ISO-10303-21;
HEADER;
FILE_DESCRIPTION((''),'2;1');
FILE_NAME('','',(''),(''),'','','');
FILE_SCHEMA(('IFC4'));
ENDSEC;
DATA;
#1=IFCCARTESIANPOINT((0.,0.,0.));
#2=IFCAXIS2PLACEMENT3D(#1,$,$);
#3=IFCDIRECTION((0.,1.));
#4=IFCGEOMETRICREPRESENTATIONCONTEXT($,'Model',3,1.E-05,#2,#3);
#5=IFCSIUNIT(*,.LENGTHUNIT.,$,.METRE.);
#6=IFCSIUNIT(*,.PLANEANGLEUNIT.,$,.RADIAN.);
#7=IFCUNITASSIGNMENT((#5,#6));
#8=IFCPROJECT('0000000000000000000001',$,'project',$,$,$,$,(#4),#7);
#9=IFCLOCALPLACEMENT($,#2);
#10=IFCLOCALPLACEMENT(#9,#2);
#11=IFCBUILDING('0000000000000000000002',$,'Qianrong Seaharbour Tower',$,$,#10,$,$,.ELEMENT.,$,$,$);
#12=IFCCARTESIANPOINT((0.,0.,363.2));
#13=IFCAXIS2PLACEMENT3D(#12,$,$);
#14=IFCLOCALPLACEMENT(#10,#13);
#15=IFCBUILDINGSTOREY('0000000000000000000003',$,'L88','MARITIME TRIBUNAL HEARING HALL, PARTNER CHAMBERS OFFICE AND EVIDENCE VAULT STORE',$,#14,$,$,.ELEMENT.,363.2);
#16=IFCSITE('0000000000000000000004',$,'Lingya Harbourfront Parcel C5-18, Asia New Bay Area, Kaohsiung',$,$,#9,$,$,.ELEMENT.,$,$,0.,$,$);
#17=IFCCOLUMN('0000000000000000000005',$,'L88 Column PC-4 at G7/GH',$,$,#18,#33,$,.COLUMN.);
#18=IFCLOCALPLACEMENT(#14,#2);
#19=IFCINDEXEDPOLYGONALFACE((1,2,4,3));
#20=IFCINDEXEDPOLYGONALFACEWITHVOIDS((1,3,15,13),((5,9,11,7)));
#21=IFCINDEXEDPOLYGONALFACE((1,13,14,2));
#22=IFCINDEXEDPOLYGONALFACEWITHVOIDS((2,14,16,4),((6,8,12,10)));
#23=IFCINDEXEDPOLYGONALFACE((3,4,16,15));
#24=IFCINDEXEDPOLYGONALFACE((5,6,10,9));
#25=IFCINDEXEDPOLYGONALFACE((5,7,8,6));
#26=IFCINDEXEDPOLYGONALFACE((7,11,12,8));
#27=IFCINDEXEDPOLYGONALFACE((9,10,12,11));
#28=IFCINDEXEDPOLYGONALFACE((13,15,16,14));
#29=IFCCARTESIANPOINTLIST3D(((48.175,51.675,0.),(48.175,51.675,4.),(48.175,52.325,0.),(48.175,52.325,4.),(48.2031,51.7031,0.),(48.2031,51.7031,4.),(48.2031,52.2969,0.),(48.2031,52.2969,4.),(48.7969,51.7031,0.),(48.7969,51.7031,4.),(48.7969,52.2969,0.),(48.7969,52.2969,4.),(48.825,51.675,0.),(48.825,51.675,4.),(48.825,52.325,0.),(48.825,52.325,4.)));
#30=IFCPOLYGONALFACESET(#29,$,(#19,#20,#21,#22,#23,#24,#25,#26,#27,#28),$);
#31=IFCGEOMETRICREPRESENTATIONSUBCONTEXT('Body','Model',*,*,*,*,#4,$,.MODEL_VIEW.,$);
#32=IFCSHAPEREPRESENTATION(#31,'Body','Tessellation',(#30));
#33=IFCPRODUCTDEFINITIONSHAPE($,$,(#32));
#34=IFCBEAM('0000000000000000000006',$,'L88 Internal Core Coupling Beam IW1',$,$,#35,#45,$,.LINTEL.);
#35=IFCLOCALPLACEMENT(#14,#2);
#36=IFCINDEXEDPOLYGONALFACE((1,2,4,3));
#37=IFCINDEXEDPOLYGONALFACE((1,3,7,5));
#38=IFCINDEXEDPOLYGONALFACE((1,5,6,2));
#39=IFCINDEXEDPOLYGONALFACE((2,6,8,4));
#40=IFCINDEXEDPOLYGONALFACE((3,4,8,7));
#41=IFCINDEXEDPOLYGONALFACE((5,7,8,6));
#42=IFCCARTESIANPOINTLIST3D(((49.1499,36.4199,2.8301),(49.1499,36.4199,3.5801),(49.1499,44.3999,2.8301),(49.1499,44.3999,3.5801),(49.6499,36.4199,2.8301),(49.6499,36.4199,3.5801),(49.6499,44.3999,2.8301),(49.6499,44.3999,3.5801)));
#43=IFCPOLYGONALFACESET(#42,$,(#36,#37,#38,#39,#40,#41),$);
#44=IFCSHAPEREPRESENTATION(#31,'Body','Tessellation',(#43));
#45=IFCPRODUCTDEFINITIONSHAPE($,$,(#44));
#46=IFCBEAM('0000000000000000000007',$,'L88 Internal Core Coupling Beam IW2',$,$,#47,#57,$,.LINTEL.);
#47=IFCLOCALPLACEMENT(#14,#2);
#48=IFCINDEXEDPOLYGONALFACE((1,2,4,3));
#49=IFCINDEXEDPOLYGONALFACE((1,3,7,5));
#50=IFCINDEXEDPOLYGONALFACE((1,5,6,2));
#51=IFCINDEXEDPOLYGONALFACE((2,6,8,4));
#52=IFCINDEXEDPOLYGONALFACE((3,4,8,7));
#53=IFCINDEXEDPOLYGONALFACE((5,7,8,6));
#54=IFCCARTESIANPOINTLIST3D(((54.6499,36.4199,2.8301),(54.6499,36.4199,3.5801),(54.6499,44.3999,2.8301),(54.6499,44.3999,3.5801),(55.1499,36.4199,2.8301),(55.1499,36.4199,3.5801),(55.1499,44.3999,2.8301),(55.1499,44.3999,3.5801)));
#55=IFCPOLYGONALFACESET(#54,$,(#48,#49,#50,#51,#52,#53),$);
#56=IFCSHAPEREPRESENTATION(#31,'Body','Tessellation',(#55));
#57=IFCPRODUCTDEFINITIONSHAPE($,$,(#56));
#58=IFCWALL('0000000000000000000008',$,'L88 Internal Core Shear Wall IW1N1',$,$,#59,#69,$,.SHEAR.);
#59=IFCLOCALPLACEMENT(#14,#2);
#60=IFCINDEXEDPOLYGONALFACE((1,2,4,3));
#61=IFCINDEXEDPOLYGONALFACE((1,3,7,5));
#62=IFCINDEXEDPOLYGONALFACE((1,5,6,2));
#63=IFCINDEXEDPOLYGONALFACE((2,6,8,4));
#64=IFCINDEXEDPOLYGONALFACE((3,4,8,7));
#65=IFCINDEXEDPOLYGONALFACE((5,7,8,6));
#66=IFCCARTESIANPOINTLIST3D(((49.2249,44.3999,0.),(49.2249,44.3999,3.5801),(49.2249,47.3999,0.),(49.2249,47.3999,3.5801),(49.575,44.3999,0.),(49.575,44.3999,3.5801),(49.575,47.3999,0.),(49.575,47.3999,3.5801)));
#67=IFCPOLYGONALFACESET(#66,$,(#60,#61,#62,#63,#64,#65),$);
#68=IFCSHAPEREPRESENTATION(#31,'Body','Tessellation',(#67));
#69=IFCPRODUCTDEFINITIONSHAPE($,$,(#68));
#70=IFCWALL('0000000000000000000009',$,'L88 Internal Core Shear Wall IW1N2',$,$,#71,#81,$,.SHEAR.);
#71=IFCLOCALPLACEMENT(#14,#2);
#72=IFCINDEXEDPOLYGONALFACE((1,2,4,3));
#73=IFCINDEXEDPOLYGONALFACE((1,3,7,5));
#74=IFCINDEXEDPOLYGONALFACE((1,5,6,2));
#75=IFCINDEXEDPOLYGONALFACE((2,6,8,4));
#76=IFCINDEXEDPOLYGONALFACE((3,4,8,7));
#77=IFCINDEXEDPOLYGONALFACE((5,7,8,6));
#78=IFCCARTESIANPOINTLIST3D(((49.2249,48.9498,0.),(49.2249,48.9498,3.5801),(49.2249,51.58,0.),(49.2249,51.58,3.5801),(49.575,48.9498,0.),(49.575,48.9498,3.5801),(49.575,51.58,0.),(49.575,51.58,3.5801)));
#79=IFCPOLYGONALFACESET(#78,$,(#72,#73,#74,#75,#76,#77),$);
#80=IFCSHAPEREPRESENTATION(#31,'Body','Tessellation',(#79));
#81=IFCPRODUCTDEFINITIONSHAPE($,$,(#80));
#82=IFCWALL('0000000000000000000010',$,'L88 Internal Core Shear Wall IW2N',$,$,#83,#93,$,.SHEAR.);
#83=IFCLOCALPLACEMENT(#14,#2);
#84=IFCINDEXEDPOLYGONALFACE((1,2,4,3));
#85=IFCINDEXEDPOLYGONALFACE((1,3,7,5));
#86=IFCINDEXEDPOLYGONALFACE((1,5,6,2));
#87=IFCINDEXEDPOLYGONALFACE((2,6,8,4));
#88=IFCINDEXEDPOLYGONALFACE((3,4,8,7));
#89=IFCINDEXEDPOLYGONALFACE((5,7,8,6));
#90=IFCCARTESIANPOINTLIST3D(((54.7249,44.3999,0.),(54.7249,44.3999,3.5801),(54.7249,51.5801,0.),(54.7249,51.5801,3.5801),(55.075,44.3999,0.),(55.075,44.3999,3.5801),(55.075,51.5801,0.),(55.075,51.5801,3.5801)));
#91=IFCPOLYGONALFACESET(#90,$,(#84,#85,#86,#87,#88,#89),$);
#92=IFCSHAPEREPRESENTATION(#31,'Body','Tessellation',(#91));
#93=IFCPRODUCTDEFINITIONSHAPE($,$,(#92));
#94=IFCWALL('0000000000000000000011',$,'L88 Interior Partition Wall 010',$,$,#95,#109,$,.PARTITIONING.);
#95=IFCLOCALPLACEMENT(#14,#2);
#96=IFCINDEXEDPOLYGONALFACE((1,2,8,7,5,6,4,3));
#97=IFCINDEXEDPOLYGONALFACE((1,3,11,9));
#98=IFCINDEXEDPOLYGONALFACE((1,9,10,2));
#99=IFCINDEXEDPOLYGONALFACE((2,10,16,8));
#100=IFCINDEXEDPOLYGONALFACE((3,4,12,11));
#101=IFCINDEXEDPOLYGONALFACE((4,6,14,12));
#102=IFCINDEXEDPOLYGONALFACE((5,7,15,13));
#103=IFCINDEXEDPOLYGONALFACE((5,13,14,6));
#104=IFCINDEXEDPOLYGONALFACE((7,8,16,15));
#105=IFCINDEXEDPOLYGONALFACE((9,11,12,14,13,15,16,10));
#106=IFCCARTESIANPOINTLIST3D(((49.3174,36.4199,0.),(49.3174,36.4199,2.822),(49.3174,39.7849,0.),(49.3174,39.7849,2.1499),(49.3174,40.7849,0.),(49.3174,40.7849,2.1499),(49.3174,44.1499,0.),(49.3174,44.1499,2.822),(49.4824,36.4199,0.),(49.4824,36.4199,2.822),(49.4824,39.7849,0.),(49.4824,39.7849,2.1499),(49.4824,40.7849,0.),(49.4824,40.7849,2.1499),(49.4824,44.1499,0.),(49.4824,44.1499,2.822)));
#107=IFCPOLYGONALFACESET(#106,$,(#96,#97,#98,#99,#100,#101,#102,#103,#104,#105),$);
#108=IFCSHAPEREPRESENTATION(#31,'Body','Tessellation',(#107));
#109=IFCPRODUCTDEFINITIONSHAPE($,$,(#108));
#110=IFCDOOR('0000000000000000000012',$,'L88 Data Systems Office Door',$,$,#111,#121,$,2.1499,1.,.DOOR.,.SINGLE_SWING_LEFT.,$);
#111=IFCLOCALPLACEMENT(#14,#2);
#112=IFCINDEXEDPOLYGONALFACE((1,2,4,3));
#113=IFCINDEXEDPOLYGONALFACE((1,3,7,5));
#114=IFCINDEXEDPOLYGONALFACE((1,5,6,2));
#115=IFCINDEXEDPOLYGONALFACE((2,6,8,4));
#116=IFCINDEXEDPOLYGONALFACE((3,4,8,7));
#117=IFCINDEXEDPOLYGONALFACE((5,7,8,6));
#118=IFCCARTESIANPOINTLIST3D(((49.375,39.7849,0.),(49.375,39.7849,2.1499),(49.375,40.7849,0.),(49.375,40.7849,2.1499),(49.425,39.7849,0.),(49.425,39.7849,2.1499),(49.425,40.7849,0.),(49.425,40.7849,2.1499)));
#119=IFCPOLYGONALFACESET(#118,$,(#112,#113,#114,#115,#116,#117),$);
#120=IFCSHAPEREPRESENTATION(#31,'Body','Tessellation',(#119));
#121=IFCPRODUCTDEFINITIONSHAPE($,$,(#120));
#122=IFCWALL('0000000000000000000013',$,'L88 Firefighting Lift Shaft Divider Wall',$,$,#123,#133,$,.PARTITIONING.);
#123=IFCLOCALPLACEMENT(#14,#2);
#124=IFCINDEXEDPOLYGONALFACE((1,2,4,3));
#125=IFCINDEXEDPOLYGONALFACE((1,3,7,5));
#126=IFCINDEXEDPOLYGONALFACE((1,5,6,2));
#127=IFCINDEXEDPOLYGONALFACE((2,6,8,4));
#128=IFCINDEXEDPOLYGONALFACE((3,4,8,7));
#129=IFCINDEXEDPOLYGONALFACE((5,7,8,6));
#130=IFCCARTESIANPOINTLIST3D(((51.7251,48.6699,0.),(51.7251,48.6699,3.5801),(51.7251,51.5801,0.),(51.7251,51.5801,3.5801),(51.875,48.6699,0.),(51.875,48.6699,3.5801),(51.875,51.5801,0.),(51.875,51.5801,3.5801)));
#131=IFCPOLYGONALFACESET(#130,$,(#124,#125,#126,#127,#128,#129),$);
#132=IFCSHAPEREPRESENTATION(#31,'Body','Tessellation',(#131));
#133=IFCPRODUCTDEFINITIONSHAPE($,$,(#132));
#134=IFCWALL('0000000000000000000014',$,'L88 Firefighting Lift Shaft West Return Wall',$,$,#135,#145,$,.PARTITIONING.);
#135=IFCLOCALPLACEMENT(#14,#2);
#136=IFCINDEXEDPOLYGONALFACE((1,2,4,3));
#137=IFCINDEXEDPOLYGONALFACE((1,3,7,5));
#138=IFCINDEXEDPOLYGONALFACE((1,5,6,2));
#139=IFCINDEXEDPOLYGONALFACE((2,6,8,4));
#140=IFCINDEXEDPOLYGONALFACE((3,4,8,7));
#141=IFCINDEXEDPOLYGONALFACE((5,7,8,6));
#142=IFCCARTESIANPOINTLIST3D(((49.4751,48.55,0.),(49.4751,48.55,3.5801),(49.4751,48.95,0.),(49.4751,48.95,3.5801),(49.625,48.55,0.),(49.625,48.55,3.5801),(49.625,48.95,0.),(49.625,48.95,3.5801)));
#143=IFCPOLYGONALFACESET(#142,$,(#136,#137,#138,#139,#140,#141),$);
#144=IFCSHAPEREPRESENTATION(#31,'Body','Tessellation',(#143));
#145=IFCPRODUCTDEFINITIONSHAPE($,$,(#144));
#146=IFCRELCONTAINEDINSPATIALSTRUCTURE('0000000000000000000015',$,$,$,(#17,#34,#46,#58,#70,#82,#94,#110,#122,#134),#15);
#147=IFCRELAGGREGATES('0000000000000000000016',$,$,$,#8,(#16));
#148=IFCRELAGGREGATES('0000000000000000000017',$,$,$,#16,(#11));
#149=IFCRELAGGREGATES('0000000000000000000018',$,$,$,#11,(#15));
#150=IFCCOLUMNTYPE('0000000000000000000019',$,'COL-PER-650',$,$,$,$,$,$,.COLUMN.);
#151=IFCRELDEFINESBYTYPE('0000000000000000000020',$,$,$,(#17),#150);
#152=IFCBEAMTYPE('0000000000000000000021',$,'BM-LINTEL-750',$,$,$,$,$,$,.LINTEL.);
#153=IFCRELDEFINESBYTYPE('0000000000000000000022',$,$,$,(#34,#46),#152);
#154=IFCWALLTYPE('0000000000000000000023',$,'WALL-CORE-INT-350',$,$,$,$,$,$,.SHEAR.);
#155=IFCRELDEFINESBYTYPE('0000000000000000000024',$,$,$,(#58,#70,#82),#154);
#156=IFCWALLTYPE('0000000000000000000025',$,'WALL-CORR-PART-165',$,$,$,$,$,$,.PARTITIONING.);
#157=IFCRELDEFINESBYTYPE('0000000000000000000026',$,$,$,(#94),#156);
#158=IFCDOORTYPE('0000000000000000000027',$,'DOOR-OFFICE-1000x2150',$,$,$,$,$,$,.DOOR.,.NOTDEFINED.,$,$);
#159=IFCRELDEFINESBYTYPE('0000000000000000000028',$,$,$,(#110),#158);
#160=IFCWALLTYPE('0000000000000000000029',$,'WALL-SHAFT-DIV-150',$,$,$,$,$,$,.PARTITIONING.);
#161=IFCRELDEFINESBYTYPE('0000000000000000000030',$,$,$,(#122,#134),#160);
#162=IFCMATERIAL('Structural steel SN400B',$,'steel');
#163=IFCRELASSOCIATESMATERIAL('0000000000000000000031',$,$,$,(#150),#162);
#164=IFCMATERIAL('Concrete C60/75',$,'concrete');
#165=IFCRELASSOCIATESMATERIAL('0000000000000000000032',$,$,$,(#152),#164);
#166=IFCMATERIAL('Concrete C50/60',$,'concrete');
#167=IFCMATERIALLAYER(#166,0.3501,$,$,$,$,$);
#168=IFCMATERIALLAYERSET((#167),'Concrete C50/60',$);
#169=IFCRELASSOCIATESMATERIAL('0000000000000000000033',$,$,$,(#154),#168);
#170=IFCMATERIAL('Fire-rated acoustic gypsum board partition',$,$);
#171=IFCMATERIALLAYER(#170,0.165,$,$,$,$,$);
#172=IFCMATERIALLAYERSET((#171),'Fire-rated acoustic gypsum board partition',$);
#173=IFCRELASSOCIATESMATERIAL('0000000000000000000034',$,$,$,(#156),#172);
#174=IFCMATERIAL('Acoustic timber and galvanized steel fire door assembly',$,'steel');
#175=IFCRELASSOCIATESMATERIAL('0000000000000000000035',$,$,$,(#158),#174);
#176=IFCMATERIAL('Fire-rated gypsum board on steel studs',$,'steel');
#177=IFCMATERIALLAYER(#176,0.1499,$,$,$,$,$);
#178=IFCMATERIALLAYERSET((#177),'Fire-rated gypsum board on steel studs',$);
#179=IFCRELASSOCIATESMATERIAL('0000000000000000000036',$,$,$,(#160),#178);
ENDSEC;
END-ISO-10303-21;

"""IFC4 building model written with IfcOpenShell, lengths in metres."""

from ifc_helpers import new_model, si_unit, direction, frame, frame_2d, origin, origin_2d, place, context, subcontext, project, spatial, rectangle, hollow_rectangle, extrude, material, layer, layer_set, material_profile, profile_set, type_object, element, fill, save


model = new_model("IFC4")

# Units and contexts
model_context = context("Model", 3, precision=1e-05, world=origin(), true_north=direction((0.0, 1.0)))
body_context = subcontext(model_context, "Body", "Model", "MODEL_VIEW")
ifc_project = project(units=[si_unit("LENGTHUNIT", "METRE"), si_unit("PLANEANGLEUNIT", "RADIAN")], contexts=[model_context])

# Site, building, storey
site_placement = place(None, origin())
site = spatial("IfcSite", under=ifc_project, at=site_placement, Name="Lingya Harbourfront Parcel C5-18, Asia New Bay Area, Kaohsiung", CompositionType="ELEMENT", RefElevation=0.0)
building_placement = place(site_placement, origin())
building = spatial("IfcBuilding", under=site, at=building_placement, Name="Qianrong Seaharbour Tower", CompositionType="ELEMENT")
storey_placement = place(building_placement, frame((0.0, 0.0, 363.2)))
storey = spatial("IfcBuildingStorey", under=building, at=storey_placement, Name="L88", Description="MARITIME TRIBUNAL HEARING HALL, PARTNER CHAMBERS OFFICE AND EVIDENCE VAULT STORE", CompositionType="ELEMENT", Elevation=363.2)

# Column
ifc_material_1 = material(Name="Structural steel SN400B", Category="steel")
ifc_material_profile_1 = material_profile(ifc_material_1, hollow_rectangle(XDim=0.6499, YDim=0.6499, WallThickness=0.0281, at=origin_2d()), Name="BOX650x650x28")
ifc_profile_set_1 = profile_set([ifc_material_profile_1], Name="Structural steel SN400B")
column_type = type_object("IfcColumnType", Name="COL-PER-650", PredefinedType="COLUMN", material=ifc_profile_set_1)
column_placement = place(storey_placement, frame((48.5, 52.0, 0.0), z_axis=(0.0, 0.0, 1.0), x_axis=(1.0, 0.0, 0.0)))
element("IfcColumn", 1, at=column_placement, inside=storey, type_object=column_type, Name="L88 Column PC-4 at G7/GH", PredefinedType="COLUMN", context=body_context, shape_type="SweptSolid", body=[
    extrude(hollow_rectangle(XDim=0.6499, YDim=0.6499, WallThickness=0.0281, at=origin_2d()), origin(), (0.0, 0.0, 1.0), 4.0),
])

# Beams
ifc_material_2 = material(Name="Concrete C60/75", Category="concrete")
ifc_material_profile_2 = material_profile(ifc_material_2, rectangle(XDim=0.5, YDim=0.75, at=origin_2d()), Name="RC500x750")
ifc_profile_set_2 = profile_set([ifc_material_profile_2], Name="Concrete C60/75")
beam_type = type_object("IfcBeamType", Name="BM-LINTEL-750", PredefinedType="LINTEL", material=ifc_profile_set_2)
for number, where, z_axis, x_axis, name in (
    (2, (49.3999, 36.4199, 3.2051), (0.0, 1.0, 0.0), (-1.0, 0.0, 0.0), "L88 Internal Core Coupling Beam IW1"),
    (3, (54.8999, 36.4199, 3.2051), (0.0, 1.0, 0.0), (-1.0, 0.0, 0.0), "L88 Internal Core Coupling Beam IW2"),
):
    element("IfcBeam", number, at=place(storey_placement, frame(where, z_axis=z_axis, x_axis=x_axis)), inside=storey, type_object=beam_type, Name=name, PredefinedType="LINTEL", context=body_context, shape_type="SweptSolid", body=[
        extrude(rectangle(XDim=0.5, YDim=0.75, at=origin_2d()), origin(), (0.0, 0.0, 1.0), 7.98),
    ])

# Walls
ifc_material_3 = material(Name="Concrete C50/60", Category="concrete")
ifc_layer_1 = layer(ifc_material_3, 0.3501)
ifc_layer_set_1 = layer_set([ifc_layer_1], Name="Concrete C50/60")
wall_type_1 = type_object("IfcWallType", Name="WALL-CORE-INT-350", PredefinedType="SHEAR", material=ifc_layer_set_1)
wall_1_placement = place(storey_placement, frame((49.3999, 44.3999, 0.0), z_axis=(0.0, 0.0, 1.0), x_axis=(0.0, 1.0, 0.0)))
element("IfcWall", 4, at=wall_1_placement, inside=storey, type_object=wall_type_1, Name="L88 Internal Core Shear Wall IW1N1", PredefinedType="SHEAR", context=body_context, shape_type="SweptSolid", body=[
    extrude(rectangle(XDim=3.0, YDim=0.3501, at=frame_2d((1.5, 0.0))), origin(), (0.0, 0.0, 1.0), 3.5801),
])
wall_2_placement = place(storey_placement, frame((49.3999, 48.95, 0.0), z_axis=(0.0, 0.0, 1.0), x_axis=(0.0, 1.0, 0.0)))
element("IfcWall", 5, at=wall_2_placement, inside=storey, type_object=wall_type_1, Name="L88 Internal Core Shear Wall IW1N2", PredefinedType="SHEAR", context=body_context, shape_type="SweptSolid", body=[
    extrude(rectangle(XDim=2.6301, YDim=0.3501, at=frame_2d((1.3149, 0.0))), origin(), (0.0, 0.0, 1.0), 3.5801),
])
wall_3_placement = place(storey_placement, frame((54.8999, 44.3999, 0.0), z_axis=(0.0, 0.0, 1.0), x_axis=(0.0, 1.0, 0.0)))
element("IfcWall", 6, at=wall_3_placement, inside=storey, type_object=wall_type_1, Name="L88 Internal Core Shear Wall IW2N", PredefinedType="SHEAR", context=body_context, shape_type="SweptSolid", body=[
    extrude(rectangle(XDim=7.1802, YDim=0.3501, at=frame_2d((3.5901, 0.0))), origin(), (0.0, 0.0, 1.0), 3.5801),
])

# Wall, opening, door
ifc_material_4 = material(Name="Fire-rated acoustic gypsum board partition")
ifc_layer_2 = layer(ifc_material_4, 0.165)
ifc_layer_set_2 = layer_set([ifc_layer_2], Name="Fire-rated acoustic gypsum board partition")
wall_type_2 = type_object("IfcWallType", Name="WALL-CORR-PART-165", PredefinedType="PARTITIONING", material=ifc_layer_set_2)
wall_4_placement = place(storey_placement, frame((49.3999, 36.4199, 0.0), z_axis=(0.0, 0.0, 1.0), x_axis=(0.0, 1.0, 0.0)))
wall_4 = element("IfcWall", 7, at=wall_4_placement, inside=storey, type_object=wall_type_2, Name="L88 Interior Partition Wall 010", PredefinedType="PARTITIONING", context=body_context, shape_type="SweptSolid", body=[
    extrude(rectangle(XDim=7.73, YDim=0.165, at=frame_2d((3.865, 0.0))), origin(), (0.0, 0.0, 1.0), 2.822),
])
opening_1_placement = place(wall_4_placement, frame((3.365, 0.0, 0.0)))
opening_1 = element("IfcOpeningElement", 8, at=opening_1_placement, cuts=wall_4, PredefinedType="OPENING", context=body_context, shape_type="SweptSolid", body=[
    extrude(rectangle(XDim=1.0, YDim=2.1499, at=frame_2d((0.5, 1.075))), frame((0.0, 0.0925, 0.0), z_axis=(0.0, -1.0, 0.0), x_axis=(1.0, 0.0, 0.0)), (0.0, 0.0, 1.0), 0.1851),
])
ifc_material_5 = material(Name="Acoustic timber and galvanized steel fire door assembly", Category="steel")
door_type_1 = type_object("IfcDoorType", Name="DOOR-OFFICE-1000x2150", OperationType="NOTDEFINED", PredefinedType="DOOR", material=ifc_material_5)
door_1_placement = place(opening_1_placement, origin())
door_1 = element("IfcDoor", 9, at=door_1_placement, inside=storey, type_object=door_type_1, Name="L88 Data Systems Office Door", OperationType="SINGLE_SWING_LEFT", OverallHeight=2.1499, OverallWidth=1.0, PredefinedType="DOOR", context=body_context, shape_type="SweptSolid", body=[
    extrude(rectangle(XDim=1.0, YDim=2.1499, at=frame_2d((0.5, 1.075))), frame((0.0, 0.0249, 0.0), z_axis=(0.0, -1.0, 0.0), x_axis=(1.0, 0.0, 0.0)), (0.0, 0.0, 1.0), 0.05),
])
fill(opening_1, door_1)

# Walls
ifc_material_6 = material(Name="Fire-rated gypsum board on steel studs", Category="steel")
ifc_layer_3 = layer(ifc_material_6, 0.1499)
ifc_layer_set_3 = layer_set([ifc_layer_3], Name="Fire-rated gypsum board on steel studs")
wall_type_3 = type_object("IfcWallType", Name="WALL-SHAFT-DIV-150", PredefinedType="PARTITIONING", material=ifc_layer_set_3)
wall_5_placement = place(storey_placement, frame((51.8, 48.6699, 0.0), z_axis=(0.0, 0.0, 1.0), x_axis=(0.0, 1.0, 0.0)))
element("IfcWall", 10, at=wall_5_placement, inside=storey, type_object=wall_type_3, Name="L88 Firefighting Lift Shaft Divider Wall", PredefinedType="PARTITIONING", context=body_context, shape_type="SweptSolid", body=[
    extrude(rectangle(XDim=2.9102, YDim=0.1499, at=frame_2d((1.4551, 0.0))), origin(), (0.0, 0.0, 1.0), 3.5801),
])
wall_6_placement = place(storey_placement, frame((49.55, 48.55, 0.0), z_axis=(0.0, 0.0, 1.0), x_axis=(0.0, 1.0, 0.0)))
element("IfcWall", 11, at=wall_6_placement, inside=storey, type_object=wall_type_3, Name="L88 Firefighting Lift Shaft West Return Wall", PredefinedType="PARTITIONING", context=body_context, shape_type="SweptSolid", body=[
    extrude(rectangle(XDim=0.3999, YDim=0.1499, at=frame_2d((0.2, 0.0))), origin(), (0.0, 0.0, 1.0), 3.5801),
])

save(model, "model.ifc")
